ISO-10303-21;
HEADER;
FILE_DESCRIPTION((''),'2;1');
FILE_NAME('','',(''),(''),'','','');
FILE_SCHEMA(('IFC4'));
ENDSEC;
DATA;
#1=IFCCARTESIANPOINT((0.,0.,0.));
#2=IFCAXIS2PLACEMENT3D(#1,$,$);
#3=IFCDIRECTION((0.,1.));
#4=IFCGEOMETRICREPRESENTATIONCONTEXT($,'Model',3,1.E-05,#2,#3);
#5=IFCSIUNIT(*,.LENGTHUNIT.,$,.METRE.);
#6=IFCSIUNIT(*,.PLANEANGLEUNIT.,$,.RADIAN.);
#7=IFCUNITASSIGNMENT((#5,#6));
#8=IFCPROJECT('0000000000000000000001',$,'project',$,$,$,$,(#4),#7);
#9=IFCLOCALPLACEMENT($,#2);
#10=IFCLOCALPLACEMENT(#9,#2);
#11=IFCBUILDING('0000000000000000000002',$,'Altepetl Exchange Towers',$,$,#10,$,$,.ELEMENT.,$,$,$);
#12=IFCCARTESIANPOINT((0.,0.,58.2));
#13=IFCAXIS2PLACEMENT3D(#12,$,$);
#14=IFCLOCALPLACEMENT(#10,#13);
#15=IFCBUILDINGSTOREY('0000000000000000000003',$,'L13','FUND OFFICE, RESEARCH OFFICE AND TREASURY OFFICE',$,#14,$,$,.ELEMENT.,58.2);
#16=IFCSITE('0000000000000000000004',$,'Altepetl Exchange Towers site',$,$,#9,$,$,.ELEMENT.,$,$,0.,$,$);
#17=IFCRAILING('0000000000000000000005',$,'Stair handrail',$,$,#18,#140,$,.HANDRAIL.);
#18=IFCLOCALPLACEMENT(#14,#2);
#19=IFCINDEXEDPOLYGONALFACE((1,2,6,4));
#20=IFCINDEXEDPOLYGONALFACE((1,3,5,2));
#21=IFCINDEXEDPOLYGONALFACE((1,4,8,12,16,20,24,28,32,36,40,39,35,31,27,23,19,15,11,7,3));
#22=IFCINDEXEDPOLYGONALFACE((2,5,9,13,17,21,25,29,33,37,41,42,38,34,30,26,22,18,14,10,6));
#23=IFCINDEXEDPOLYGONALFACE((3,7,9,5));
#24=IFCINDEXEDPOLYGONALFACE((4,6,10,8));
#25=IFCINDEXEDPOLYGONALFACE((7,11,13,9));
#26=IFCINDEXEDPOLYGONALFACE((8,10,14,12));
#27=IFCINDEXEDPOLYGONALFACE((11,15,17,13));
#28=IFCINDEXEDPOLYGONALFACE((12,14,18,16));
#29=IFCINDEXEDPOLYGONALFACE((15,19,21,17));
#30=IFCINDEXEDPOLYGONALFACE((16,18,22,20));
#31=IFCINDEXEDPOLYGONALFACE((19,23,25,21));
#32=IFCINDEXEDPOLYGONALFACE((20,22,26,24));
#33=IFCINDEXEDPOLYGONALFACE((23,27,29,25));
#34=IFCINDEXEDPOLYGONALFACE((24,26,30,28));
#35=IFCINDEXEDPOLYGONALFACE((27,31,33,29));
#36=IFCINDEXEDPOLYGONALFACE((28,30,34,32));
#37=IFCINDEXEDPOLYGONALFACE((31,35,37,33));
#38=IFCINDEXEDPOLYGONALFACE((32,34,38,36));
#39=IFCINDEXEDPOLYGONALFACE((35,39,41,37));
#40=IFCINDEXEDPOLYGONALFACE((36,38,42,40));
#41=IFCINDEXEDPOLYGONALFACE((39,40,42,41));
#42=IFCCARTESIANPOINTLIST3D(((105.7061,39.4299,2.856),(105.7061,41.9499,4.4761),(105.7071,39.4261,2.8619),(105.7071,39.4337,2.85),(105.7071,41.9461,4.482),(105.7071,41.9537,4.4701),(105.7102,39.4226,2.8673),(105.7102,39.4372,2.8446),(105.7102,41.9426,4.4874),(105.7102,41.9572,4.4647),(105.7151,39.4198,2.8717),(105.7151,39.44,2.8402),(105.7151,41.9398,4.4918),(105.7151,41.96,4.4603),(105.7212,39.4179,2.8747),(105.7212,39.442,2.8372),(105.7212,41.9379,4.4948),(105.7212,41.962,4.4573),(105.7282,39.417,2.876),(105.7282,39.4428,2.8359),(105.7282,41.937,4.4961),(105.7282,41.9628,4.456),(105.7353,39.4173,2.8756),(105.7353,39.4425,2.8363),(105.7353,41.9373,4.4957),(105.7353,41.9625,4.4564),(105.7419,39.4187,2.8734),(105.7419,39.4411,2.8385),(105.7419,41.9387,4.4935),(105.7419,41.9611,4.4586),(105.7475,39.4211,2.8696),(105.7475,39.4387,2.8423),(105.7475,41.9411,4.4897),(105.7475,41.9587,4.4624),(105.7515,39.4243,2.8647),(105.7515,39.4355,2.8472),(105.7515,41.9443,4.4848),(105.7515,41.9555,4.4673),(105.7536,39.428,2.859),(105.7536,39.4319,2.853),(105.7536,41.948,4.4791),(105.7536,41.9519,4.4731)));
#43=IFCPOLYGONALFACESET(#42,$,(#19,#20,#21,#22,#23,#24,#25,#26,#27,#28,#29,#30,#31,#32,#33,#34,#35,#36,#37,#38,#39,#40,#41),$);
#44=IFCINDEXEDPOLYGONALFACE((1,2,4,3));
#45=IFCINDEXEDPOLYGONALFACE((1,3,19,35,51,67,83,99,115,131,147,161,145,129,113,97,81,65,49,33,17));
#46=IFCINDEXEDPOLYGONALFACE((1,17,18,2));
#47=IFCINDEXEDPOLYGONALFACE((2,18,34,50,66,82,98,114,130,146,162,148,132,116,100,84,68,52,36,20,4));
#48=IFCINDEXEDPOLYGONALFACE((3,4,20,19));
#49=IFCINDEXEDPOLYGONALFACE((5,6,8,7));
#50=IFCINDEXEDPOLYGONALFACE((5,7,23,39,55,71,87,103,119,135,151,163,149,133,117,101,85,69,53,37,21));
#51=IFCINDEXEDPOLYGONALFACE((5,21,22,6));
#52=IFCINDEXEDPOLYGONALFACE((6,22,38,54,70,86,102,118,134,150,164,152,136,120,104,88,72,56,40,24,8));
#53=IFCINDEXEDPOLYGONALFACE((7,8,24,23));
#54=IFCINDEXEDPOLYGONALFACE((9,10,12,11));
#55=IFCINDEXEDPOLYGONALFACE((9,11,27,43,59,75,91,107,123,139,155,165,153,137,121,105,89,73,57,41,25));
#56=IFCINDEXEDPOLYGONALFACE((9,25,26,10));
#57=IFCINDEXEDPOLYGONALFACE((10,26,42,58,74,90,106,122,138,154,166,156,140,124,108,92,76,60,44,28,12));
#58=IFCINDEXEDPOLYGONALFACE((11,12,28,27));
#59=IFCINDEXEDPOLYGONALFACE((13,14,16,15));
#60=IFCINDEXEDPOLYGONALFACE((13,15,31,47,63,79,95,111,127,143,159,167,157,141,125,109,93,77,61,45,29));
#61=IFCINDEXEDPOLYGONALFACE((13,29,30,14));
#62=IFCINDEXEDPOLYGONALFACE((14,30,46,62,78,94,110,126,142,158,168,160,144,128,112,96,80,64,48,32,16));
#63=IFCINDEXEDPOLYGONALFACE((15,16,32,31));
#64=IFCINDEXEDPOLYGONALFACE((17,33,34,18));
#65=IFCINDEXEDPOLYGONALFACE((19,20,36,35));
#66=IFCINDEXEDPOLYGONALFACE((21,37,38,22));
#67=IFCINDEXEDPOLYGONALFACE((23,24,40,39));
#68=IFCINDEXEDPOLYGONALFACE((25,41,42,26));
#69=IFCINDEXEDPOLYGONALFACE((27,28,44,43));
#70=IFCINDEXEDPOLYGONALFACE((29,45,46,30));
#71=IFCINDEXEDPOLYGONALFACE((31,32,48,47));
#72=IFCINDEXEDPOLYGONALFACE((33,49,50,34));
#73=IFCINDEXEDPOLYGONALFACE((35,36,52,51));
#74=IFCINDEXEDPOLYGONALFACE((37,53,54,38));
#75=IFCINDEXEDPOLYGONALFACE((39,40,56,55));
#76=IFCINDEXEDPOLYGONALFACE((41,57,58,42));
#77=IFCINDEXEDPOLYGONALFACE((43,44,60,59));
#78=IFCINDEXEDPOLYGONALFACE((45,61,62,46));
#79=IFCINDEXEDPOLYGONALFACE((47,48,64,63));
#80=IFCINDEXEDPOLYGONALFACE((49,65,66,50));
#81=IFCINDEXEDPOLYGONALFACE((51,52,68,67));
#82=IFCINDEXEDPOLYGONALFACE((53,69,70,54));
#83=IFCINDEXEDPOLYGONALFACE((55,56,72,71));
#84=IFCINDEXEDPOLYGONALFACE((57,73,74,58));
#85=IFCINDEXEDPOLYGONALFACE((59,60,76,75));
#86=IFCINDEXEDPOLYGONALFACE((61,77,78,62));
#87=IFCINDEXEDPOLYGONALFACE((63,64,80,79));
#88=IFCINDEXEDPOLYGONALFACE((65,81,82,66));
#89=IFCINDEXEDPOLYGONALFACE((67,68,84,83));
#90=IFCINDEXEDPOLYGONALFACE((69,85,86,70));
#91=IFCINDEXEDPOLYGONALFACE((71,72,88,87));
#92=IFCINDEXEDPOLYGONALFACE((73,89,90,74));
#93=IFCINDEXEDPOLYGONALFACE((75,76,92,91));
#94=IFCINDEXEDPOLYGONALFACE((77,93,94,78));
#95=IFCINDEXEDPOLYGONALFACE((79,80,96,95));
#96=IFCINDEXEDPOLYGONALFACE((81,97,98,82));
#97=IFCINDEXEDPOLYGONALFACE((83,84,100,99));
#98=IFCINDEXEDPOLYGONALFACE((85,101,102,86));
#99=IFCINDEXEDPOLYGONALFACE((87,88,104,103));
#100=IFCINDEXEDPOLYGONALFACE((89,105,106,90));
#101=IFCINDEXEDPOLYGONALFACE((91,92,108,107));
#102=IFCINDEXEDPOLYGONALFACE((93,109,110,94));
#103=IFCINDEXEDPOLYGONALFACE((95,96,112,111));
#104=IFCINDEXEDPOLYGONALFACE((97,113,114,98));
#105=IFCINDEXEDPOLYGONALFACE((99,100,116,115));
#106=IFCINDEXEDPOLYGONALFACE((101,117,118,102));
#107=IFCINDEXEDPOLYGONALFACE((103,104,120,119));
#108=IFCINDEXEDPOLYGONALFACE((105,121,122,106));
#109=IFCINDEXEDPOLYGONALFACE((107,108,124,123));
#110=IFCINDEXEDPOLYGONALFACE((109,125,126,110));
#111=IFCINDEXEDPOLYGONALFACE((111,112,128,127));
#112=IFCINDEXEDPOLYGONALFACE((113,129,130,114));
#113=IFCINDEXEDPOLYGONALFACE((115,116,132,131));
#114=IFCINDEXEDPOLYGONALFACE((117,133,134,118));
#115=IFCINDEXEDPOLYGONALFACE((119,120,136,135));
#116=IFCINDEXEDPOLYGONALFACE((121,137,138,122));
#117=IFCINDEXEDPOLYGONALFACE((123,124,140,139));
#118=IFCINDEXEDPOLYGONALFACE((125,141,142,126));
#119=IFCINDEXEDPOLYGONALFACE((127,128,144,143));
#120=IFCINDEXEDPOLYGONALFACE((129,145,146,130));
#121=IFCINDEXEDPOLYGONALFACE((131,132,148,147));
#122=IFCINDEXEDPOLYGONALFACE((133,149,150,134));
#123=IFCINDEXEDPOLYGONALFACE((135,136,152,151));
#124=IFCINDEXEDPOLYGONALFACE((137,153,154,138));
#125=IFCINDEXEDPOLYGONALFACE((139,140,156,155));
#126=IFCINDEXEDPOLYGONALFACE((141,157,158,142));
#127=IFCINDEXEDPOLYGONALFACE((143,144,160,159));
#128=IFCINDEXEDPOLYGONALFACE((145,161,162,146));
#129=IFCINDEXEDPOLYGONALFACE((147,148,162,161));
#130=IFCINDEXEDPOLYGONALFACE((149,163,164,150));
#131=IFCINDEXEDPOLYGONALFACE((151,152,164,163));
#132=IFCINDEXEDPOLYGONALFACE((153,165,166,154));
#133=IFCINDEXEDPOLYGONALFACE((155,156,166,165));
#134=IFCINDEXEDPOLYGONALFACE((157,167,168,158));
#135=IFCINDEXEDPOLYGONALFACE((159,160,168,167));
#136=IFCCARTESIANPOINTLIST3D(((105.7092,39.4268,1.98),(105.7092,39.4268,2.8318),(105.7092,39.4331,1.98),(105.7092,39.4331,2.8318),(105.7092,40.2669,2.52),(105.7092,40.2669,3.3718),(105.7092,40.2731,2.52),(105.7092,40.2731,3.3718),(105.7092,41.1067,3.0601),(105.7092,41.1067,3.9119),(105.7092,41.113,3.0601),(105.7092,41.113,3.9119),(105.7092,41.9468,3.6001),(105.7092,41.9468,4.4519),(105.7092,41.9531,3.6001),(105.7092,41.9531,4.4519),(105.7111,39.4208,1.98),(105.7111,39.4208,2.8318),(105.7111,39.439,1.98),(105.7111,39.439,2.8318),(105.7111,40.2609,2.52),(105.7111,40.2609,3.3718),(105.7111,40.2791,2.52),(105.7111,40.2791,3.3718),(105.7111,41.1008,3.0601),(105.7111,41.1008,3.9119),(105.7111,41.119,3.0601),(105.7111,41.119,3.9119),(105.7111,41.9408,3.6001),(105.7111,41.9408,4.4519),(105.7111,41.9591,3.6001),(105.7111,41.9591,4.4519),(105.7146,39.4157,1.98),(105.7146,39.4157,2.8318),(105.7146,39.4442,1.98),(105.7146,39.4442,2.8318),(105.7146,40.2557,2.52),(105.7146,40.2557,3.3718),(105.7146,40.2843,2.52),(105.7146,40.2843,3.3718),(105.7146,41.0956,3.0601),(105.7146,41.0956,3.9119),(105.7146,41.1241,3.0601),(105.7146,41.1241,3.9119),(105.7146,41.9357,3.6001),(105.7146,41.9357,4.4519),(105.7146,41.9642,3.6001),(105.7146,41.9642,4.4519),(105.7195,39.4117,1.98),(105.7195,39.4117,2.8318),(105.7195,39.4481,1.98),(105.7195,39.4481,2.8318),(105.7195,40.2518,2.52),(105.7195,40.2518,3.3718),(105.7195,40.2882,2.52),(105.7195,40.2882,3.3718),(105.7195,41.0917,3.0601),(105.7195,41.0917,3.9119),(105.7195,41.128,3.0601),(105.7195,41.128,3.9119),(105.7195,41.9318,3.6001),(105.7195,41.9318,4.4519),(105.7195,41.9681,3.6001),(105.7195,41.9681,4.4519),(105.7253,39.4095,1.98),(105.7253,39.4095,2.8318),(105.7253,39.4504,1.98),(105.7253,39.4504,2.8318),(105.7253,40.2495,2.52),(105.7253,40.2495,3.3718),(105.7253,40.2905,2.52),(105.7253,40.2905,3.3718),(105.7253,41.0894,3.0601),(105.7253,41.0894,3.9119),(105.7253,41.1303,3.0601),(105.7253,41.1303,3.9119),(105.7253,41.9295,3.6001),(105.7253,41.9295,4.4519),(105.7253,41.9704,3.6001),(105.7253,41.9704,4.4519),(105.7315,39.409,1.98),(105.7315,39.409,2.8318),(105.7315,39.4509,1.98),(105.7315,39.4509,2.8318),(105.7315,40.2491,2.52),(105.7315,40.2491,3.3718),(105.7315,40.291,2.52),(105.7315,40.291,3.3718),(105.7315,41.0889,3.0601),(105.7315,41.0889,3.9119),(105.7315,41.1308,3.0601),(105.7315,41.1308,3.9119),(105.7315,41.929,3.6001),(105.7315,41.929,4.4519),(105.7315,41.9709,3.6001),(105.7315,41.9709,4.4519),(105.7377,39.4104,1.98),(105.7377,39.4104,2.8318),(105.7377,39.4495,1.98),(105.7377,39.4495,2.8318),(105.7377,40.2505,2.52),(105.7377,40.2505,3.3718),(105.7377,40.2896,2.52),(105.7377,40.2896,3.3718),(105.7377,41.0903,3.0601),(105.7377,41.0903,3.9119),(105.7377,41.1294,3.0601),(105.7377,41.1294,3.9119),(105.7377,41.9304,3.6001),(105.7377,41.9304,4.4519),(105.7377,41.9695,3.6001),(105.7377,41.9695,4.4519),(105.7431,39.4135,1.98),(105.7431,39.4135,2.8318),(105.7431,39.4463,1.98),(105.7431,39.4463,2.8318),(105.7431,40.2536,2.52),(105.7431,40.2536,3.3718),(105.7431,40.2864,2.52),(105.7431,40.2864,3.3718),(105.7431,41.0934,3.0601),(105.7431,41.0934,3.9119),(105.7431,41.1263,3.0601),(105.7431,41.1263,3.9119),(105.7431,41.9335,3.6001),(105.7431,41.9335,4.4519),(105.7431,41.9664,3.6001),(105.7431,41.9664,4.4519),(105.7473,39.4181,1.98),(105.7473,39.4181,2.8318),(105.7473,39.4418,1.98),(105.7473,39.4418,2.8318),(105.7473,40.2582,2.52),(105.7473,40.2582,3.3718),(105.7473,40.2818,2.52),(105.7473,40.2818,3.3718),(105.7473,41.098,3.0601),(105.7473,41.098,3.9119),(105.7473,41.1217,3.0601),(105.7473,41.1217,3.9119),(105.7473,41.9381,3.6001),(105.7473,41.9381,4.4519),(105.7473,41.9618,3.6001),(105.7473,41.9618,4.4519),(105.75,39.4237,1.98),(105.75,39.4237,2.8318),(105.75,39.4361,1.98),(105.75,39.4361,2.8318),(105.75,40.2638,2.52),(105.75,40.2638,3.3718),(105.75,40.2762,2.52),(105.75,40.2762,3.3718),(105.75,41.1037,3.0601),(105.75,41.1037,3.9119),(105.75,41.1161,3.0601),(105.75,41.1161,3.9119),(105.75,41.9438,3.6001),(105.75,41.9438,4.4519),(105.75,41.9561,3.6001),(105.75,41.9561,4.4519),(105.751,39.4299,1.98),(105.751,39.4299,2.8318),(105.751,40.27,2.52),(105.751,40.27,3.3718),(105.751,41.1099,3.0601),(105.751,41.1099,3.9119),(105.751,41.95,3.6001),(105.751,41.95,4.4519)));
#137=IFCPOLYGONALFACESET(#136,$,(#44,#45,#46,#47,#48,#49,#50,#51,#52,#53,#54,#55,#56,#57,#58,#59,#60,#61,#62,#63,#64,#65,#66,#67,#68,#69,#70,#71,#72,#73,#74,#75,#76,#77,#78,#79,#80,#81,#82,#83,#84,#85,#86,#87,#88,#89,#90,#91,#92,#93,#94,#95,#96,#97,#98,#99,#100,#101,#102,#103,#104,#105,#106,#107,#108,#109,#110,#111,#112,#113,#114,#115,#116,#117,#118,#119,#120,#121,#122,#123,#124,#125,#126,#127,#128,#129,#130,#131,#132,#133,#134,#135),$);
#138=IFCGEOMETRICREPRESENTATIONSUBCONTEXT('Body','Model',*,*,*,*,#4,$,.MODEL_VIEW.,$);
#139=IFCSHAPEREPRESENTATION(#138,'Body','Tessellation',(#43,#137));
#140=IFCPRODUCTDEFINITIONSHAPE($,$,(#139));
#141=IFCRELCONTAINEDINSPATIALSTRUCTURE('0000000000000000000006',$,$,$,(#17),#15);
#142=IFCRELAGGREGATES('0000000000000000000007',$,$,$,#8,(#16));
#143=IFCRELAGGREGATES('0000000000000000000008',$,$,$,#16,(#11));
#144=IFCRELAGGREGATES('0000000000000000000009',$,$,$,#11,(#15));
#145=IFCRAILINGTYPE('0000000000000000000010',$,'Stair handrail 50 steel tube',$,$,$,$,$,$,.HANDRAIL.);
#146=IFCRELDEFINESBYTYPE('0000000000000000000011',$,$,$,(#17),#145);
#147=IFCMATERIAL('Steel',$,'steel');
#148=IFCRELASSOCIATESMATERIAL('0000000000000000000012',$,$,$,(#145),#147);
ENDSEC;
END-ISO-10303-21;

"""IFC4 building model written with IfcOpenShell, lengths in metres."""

from ifc_helpers import new_model, si_unit, direction, frame, origin, origin_2d, place, context, subcontext, project, spatial, circle, extrude, source, transform, mapped, material, type_object, element, save


model = new_model("IFC4")

# Units and contexts
model_context = context("Model", 3, precision=1e-05, world=origin(), true_north=direction((0.0, 1.0)))
body_context = subcontext(model_context, "Body", "Model", "MODEL_VIEW")
ifc_project = project(units=[si_unit("LENGTHUNIT", "METRE"), si_unit("PLANEANGLEUNIT", "RADIAN")], contexts=[model_context])

# Site, building, storey
site_placement = place(None, origin())
site = spatial("IfcSite", under=ifc_project, at=site_placement, Name="Altepetl Exchange Towers site", CompositionType="ELEMENT", RefElevation=0.0)
building_placement = place(site_placement, origin())
building = spatial("IfcBuilding", under=site, at=building_placement, Name="Altepetl Exchange Towers", CompositionType="ELEMENT")
storey_placement = place(building_placement, frame((0.0, 0.0, 58.2)))
storey = spatial("IfcBuildingStorey", under=building, at=storey_placement, Name="L13", Description="FUND OFFICE, RESEARCH OFFICE AND TREASURY OFFICE", CompositionType="ELEMENT", Elevation=58.2)

# Railing
ifc_material_1 = material(Name="Steel", Category="steel")
railing_type = type_object("IfcRailingType", Name="Stair handrail 50 steel tube", PredefinedType="HANDRAIL", material=ifc_material_1)
shared_shape = source(origin(), body_context, "Body", "SweptSolid", [
    extrude(circle(Radius=0.021, at=origin_2d()), origin(), (0.0, 0.0, 1.0), 0.8518),
])
railing_placement = place(storey_placement, frame((105.73, 39.4299, 1.98)))
element("IfcRailing", 1, at=railing_placement, inside=storey, type_object=railing_type, Name="Stair handrail", PredefinedType="HANDRAIL", context=body_context, shape_type="SweptSolid", body=[
    extrude(circle(Radius=0.0239, at=origin_2d()), frame((0.0, 0.0, 0.876), z_axis=(0.0, 0.841163, 0.540782), x_axis=(-1.0, 0.0, 0.0)), (0.0, 0.0, 1.0), 2.9958),
    mapped(shared_shape, transform((0.0, 0.0, 0.0))),
    mapped(shared_shape, transform((0.0, 0.8401, 0.54))),
    mapped(shared_shape, transform((0.0, 1.6799, 1.0801))),
    mapped(shared_shape, transform((0.0, 2.52, 1.6201))),
])

save(model, "model.ifc")
